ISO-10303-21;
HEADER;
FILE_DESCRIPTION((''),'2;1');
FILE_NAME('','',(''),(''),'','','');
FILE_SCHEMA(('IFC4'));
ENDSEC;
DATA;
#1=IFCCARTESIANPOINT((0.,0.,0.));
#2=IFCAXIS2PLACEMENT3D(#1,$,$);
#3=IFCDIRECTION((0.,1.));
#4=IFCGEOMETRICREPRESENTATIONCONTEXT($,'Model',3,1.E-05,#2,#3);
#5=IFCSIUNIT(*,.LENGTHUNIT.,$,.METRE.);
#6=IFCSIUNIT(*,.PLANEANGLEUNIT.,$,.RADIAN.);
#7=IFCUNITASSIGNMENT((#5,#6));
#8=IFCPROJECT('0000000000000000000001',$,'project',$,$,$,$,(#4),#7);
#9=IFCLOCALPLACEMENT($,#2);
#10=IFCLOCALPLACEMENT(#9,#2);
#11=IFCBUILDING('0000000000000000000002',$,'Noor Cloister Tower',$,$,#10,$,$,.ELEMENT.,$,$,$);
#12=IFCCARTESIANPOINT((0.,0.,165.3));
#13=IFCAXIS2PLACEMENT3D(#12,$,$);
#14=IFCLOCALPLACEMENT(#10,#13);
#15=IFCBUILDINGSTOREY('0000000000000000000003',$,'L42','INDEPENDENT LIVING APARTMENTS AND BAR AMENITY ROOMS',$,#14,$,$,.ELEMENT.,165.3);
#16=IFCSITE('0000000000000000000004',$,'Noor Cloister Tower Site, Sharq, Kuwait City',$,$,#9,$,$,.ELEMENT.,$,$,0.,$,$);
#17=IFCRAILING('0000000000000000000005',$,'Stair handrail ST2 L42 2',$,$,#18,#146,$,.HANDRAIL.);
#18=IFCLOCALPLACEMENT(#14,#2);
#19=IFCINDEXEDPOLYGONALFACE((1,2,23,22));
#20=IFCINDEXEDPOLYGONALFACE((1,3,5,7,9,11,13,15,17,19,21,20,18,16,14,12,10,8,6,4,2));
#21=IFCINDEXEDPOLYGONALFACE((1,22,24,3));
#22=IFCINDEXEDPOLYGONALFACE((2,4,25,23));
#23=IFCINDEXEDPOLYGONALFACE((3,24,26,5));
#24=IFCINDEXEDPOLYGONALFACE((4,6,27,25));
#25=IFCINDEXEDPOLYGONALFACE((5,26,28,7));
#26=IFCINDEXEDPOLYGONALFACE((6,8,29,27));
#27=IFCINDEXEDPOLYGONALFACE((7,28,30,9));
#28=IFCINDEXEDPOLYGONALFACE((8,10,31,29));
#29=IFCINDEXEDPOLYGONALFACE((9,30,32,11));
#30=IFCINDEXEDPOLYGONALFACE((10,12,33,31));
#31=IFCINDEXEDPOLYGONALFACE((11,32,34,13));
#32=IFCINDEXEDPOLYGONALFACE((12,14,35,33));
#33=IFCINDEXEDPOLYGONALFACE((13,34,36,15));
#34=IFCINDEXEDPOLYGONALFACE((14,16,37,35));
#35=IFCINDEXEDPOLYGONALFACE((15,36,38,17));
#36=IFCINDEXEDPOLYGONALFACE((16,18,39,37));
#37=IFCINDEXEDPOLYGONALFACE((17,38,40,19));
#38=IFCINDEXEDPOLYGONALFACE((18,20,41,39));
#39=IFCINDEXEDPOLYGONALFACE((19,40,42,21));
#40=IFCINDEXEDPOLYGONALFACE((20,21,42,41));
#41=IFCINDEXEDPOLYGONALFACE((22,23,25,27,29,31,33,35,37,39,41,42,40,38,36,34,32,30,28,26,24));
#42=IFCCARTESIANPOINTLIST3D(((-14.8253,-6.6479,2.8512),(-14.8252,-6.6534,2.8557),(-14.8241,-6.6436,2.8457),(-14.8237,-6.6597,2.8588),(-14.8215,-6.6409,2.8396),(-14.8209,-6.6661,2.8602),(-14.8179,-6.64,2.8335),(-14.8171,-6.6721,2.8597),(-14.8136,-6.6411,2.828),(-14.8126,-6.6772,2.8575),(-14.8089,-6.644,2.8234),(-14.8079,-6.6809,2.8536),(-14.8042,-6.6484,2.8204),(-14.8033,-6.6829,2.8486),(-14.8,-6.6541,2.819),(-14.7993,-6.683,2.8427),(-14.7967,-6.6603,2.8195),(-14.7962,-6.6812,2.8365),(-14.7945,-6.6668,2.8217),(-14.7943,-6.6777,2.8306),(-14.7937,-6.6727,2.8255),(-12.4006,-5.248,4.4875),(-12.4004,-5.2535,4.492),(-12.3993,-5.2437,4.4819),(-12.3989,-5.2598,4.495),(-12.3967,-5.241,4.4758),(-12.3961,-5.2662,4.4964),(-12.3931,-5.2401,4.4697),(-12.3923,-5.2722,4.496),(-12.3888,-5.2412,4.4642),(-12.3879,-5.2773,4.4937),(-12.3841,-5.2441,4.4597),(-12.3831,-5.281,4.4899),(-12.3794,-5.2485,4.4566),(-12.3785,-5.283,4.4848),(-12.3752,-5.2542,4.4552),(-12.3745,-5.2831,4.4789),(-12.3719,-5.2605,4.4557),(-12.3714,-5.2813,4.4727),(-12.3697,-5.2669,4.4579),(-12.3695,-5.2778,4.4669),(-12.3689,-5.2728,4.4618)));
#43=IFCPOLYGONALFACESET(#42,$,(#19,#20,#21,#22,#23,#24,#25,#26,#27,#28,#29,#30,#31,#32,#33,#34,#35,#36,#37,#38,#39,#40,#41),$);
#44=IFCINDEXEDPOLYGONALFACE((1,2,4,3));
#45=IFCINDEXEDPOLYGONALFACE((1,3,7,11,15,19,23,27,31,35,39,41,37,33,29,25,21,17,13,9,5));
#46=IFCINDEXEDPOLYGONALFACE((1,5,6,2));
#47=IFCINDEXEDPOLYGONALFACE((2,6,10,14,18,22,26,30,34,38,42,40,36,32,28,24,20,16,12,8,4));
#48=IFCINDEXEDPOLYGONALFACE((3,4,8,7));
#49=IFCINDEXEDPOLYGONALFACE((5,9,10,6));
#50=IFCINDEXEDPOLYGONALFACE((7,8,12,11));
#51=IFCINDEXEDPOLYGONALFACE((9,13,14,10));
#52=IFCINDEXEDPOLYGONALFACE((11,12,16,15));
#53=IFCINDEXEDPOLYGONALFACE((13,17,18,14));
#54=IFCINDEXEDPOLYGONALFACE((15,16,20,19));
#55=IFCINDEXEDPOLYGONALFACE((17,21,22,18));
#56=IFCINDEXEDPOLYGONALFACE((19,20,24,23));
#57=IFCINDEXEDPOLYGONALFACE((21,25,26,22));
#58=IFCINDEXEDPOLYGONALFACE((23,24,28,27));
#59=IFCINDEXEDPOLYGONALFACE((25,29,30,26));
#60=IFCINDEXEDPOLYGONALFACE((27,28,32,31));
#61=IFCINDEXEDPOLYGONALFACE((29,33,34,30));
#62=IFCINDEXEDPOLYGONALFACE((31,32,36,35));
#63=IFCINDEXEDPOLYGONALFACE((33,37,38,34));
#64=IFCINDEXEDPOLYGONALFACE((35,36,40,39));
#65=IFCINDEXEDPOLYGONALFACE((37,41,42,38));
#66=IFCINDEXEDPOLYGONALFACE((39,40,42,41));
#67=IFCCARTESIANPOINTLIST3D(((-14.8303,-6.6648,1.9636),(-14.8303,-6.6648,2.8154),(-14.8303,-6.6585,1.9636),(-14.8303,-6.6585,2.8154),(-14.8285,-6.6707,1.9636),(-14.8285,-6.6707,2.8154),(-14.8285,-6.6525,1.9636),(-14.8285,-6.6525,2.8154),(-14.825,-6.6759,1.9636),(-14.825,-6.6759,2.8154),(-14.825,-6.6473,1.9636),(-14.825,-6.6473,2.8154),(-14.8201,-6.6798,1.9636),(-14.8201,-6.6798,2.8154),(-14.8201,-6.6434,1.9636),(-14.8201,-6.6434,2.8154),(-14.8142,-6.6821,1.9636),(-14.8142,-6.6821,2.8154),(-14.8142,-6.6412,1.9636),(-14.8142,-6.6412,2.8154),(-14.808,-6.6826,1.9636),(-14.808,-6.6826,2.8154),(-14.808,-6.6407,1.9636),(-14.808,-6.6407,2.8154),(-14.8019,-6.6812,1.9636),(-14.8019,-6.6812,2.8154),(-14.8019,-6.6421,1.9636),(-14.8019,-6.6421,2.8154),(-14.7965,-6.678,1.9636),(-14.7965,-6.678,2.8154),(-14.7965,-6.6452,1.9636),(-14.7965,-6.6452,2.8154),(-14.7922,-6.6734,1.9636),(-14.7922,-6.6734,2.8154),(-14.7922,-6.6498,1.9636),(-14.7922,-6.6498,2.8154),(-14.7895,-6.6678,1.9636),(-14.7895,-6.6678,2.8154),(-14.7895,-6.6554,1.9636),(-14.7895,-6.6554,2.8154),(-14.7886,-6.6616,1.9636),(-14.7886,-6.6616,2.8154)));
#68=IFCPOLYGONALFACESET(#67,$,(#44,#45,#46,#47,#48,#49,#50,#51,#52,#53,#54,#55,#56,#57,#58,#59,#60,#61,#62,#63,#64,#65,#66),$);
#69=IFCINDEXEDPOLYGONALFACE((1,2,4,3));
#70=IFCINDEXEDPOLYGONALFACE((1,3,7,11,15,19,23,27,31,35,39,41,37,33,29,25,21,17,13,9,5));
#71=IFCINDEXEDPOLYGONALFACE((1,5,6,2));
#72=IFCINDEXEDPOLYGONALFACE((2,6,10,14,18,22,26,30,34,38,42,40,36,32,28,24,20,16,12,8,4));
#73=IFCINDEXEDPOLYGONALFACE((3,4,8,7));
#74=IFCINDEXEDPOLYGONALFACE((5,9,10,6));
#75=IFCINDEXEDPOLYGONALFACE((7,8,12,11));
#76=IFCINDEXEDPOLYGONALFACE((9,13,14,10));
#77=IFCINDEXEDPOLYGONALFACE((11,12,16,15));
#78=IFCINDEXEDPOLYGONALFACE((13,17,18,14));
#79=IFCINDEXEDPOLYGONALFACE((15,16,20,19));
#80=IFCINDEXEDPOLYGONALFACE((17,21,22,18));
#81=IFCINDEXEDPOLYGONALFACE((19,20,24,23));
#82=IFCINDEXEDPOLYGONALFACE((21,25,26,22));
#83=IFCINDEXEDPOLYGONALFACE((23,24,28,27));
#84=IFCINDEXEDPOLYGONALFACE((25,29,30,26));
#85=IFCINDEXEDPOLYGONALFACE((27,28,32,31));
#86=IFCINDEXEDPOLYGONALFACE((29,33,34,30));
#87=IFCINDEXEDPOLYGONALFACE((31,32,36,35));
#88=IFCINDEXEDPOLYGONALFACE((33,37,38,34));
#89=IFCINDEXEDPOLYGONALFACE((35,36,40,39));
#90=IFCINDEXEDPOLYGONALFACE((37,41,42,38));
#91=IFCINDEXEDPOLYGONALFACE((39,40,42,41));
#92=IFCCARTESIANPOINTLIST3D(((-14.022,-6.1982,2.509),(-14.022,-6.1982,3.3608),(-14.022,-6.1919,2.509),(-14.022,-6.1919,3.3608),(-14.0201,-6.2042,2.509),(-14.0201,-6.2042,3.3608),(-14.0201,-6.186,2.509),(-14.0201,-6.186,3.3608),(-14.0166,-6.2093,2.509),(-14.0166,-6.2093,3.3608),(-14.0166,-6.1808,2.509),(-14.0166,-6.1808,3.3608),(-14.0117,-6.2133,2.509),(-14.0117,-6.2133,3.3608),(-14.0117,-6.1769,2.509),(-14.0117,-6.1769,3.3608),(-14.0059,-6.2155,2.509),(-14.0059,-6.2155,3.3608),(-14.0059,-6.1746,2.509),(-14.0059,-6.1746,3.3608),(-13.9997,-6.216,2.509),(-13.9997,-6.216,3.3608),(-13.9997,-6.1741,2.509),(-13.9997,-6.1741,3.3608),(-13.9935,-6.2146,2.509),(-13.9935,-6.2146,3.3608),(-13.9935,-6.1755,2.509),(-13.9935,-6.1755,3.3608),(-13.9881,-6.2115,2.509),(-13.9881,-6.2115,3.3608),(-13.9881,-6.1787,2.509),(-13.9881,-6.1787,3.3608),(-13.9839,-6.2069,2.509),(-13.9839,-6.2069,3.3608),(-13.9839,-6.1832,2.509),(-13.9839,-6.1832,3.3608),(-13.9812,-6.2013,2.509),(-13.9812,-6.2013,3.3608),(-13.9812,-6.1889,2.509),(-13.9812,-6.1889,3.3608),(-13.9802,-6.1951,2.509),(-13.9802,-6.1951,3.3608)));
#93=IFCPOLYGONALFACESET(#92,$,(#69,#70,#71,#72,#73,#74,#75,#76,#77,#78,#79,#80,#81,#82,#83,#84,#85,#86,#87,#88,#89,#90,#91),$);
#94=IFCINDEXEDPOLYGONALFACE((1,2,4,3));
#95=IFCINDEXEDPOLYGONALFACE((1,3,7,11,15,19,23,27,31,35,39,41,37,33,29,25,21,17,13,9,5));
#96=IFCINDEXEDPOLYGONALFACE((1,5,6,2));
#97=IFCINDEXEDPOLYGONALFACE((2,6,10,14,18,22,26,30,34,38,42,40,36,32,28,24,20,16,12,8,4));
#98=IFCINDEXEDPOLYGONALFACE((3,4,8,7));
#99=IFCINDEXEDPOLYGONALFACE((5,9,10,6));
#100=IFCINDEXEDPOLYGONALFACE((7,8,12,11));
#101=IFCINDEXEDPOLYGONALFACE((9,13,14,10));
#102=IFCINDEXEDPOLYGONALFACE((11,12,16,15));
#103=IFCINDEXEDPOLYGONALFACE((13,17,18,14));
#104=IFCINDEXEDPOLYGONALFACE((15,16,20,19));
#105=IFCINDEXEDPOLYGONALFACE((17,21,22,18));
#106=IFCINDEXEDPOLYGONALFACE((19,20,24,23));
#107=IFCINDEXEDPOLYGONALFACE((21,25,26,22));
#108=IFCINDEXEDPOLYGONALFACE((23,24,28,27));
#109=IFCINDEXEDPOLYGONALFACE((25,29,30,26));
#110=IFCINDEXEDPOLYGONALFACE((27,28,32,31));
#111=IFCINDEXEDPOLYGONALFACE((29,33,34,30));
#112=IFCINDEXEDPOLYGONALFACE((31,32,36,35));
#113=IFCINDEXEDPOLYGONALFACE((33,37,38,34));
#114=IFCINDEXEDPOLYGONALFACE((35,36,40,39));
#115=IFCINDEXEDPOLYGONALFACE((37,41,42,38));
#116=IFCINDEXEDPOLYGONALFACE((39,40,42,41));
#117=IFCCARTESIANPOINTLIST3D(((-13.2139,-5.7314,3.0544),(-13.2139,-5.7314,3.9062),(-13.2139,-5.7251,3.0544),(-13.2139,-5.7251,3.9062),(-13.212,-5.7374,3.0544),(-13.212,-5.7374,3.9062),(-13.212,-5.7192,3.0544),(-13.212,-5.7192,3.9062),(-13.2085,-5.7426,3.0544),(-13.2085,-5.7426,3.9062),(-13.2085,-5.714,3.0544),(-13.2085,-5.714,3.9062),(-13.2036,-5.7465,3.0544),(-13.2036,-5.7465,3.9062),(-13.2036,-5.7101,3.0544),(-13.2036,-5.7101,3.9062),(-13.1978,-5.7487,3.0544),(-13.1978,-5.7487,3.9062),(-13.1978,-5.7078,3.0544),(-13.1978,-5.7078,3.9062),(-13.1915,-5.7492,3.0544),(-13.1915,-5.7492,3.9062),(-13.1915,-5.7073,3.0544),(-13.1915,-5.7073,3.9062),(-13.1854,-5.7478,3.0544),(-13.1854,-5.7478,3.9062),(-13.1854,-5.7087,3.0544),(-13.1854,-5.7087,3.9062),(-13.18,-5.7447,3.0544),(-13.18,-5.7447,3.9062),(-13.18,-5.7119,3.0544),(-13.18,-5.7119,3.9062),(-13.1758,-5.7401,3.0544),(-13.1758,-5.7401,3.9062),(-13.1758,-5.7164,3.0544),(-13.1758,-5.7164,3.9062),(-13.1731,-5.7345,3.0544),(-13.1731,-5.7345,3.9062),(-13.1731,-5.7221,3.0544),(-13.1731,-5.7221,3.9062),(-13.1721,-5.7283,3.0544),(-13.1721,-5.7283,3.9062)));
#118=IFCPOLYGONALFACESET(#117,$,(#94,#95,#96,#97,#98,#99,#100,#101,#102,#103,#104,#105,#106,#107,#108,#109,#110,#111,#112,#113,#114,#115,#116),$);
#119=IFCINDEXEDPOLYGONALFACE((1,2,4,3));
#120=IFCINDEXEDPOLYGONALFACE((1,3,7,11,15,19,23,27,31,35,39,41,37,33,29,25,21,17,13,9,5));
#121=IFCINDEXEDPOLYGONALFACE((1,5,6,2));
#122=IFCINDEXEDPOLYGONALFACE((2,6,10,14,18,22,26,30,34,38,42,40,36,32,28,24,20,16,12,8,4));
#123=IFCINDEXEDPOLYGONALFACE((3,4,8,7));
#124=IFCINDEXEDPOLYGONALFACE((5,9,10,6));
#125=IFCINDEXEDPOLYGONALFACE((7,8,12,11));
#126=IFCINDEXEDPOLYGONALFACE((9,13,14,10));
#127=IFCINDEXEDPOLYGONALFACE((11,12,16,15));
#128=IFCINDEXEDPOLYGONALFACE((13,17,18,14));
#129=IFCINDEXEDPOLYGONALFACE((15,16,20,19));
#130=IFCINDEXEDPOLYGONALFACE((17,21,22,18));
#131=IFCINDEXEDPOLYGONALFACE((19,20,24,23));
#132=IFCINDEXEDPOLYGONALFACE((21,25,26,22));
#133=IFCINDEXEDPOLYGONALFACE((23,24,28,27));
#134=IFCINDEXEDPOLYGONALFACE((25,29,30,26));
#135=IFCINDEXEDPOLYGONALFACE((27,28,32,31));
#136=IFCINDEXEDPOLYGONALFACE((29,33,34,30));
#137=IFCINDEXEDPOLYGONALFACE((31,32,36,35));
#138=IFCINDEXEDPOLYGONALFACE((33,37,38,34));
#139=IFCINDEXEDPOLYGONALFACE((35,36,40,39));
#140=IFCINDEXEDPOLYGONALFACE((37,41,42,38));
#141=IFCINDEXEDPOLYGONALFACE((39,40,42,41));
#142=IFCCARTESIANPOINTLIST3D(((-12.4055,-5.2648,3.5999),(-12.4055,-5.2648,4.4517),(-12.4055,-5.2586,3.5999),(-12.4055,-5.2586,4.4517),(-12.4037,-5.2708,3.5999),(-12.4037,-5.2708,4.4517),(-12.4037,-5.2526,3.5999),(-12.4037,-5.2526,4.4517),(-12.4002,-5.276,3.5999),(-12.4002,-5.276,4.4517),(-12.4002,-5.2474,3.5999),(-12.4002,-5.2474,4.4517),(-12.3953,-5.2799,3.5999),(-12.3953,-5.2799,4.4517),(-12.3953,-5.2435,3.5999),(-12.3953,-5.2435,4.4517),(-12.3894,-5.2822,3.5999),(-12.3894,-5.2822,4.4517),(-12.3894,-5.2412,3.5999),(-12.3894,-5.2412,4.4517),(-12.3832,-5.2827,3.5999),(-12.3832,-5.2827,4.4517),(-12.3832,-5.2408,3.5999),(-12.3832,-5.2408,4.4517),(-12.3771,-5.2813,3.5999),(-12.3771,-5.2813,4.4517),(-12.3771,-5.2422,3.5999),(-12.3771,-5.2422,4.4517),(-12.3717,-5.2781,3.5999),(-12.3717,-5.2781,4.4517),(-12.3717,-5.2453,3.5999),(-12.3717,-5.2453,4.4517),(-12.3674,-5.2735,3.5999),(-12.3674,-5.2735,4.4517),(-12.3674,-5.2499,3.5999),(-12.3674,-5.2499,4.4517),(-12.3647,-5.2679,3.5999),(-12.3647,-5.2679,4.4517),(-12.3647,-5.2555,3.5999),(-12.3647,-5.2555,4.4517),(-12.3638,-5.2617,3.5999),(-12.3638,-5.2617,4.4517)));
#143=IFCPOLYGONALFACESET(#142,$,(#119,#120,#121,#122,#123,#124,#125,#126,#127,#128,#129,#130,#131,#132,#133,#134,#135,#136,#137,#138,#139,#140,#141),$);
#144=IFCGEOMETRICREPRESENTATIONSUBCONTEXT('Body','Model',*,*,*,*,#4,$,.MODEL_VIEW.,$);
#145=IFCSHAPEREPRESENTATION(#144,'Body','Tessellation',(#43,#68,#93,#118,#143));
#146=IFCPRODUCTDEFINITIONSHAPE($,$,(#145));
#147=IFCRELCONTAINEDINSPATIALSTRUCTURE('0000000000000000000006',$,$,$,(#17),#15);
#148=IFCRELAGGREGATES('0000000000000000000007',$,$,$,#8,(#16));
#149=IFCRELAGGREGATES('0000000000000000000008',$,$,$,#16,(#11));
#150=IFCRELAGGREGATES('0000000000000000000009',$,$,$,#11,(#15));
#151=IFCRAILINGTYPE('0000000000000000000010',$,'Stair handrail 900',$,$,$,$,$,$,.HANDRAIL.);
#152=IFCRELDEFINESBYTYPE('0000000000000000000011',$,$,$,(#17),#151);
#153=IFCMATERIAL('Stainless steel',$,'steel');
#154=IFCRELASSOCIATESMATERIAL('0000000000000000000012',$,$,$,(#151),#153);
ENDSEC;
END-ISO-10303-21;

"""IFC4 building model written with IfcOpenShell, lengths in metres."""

from ifc_helpers import new_model, si_unit, direction, frame, origin, origin_2d, place, context, subcontext, project, spatial, circle, extrude, material, type_object, element, save


model = new_model("IFC4")

# Units and contexts
model_context = context("Model", 3, precision=1e-05, world=origin(), true_north=direction((0.0, 1.0)))
body_context = subcontext(model_context, "Body", "Model", "MODEL_VIEW")
ifc_project = project(units=[si_unit("LENGTHUNIT", "METRE"), si_unit("PLANEANGLEUNIT", "RADIAN")], contexts=[model_context])

# Site, building, storey
site_placement = place(None, origin())
site = spatial("IfcSite", under=ifc_project, at=site_placement, Name="Noor Cloister Tower Site, Sharq, Kuwait City", CompositionType="ELEMENT", RefElevation=0.0)
building_placement = place(site_placement, origin())
building = spatial("IfcBuilding", under=site, at=building_placement, Name="Noor Cloister Tower", CompositionType="ELEMENT")
storey_placement = place(building_placement, frame((0.0, 0.0, 165.3)))
storey = spatial("IfcBuildingStorey", under=building, at=storey_placement, Name="L42", Description="INDEPENDENT LIVING APARTMENTS AND BAR AMENITY ROOMS", CompositionType="ELEMENT", Elevation=165.3)

# Railing
ifc_material_1 = material(Name="Stainless steel", Category="steel")
railing_type_1 = type_object("IfcRailingType", Name="Stair handrail 900", PredefinedType="HANDRAIL", material=ifc_material_1)
railing_1_placement = place(storey_placement, frame((-14.8096, -6.6616, 1.9636)))
element("IfcRailing", 1, at=railing_1_placement, inside=storey, type_object=railing_type_1, Name="Stair handrail ST2 L42 2", PredefinedType="HANDRAIL", context=body_context, shape_type="SweptSolid", body=[
    extrude(circle(Radius=0.0239, at=origin_2d()), frame((0.0, 0.0, 0.876), z_axis=(0.747718, 0.431677, 0.504552), x_axis=(-0.499984, 0.866035, 0.0)), (0.0, 0.0, 1.0), 3.2429),
    extrude(circle(Radius=0.021, at=origin_2d()), origin(), (0.0, 0.0, 1.0), 0.8518),
    extrude(circle(Radius=0.021, at=origin_2d()), frame((0.8083, 0.4666, 0.5454)), (0.0, 0.0, 1.0), 0.8518),
    extrude(circle(Radius=0.021, at=origin_2d()), frame((1.6165, 0.9333, 1.0908)), (0.0, 0.0, 1.0), 0.8518),
    extrude(circle(Radius=0.021, at=origin_2d()), frame((2.4248, 1.3999, 1.6362)), (0.0, 0.0, 1.0), 0.8518),
])

save(model, "model.ifc")
